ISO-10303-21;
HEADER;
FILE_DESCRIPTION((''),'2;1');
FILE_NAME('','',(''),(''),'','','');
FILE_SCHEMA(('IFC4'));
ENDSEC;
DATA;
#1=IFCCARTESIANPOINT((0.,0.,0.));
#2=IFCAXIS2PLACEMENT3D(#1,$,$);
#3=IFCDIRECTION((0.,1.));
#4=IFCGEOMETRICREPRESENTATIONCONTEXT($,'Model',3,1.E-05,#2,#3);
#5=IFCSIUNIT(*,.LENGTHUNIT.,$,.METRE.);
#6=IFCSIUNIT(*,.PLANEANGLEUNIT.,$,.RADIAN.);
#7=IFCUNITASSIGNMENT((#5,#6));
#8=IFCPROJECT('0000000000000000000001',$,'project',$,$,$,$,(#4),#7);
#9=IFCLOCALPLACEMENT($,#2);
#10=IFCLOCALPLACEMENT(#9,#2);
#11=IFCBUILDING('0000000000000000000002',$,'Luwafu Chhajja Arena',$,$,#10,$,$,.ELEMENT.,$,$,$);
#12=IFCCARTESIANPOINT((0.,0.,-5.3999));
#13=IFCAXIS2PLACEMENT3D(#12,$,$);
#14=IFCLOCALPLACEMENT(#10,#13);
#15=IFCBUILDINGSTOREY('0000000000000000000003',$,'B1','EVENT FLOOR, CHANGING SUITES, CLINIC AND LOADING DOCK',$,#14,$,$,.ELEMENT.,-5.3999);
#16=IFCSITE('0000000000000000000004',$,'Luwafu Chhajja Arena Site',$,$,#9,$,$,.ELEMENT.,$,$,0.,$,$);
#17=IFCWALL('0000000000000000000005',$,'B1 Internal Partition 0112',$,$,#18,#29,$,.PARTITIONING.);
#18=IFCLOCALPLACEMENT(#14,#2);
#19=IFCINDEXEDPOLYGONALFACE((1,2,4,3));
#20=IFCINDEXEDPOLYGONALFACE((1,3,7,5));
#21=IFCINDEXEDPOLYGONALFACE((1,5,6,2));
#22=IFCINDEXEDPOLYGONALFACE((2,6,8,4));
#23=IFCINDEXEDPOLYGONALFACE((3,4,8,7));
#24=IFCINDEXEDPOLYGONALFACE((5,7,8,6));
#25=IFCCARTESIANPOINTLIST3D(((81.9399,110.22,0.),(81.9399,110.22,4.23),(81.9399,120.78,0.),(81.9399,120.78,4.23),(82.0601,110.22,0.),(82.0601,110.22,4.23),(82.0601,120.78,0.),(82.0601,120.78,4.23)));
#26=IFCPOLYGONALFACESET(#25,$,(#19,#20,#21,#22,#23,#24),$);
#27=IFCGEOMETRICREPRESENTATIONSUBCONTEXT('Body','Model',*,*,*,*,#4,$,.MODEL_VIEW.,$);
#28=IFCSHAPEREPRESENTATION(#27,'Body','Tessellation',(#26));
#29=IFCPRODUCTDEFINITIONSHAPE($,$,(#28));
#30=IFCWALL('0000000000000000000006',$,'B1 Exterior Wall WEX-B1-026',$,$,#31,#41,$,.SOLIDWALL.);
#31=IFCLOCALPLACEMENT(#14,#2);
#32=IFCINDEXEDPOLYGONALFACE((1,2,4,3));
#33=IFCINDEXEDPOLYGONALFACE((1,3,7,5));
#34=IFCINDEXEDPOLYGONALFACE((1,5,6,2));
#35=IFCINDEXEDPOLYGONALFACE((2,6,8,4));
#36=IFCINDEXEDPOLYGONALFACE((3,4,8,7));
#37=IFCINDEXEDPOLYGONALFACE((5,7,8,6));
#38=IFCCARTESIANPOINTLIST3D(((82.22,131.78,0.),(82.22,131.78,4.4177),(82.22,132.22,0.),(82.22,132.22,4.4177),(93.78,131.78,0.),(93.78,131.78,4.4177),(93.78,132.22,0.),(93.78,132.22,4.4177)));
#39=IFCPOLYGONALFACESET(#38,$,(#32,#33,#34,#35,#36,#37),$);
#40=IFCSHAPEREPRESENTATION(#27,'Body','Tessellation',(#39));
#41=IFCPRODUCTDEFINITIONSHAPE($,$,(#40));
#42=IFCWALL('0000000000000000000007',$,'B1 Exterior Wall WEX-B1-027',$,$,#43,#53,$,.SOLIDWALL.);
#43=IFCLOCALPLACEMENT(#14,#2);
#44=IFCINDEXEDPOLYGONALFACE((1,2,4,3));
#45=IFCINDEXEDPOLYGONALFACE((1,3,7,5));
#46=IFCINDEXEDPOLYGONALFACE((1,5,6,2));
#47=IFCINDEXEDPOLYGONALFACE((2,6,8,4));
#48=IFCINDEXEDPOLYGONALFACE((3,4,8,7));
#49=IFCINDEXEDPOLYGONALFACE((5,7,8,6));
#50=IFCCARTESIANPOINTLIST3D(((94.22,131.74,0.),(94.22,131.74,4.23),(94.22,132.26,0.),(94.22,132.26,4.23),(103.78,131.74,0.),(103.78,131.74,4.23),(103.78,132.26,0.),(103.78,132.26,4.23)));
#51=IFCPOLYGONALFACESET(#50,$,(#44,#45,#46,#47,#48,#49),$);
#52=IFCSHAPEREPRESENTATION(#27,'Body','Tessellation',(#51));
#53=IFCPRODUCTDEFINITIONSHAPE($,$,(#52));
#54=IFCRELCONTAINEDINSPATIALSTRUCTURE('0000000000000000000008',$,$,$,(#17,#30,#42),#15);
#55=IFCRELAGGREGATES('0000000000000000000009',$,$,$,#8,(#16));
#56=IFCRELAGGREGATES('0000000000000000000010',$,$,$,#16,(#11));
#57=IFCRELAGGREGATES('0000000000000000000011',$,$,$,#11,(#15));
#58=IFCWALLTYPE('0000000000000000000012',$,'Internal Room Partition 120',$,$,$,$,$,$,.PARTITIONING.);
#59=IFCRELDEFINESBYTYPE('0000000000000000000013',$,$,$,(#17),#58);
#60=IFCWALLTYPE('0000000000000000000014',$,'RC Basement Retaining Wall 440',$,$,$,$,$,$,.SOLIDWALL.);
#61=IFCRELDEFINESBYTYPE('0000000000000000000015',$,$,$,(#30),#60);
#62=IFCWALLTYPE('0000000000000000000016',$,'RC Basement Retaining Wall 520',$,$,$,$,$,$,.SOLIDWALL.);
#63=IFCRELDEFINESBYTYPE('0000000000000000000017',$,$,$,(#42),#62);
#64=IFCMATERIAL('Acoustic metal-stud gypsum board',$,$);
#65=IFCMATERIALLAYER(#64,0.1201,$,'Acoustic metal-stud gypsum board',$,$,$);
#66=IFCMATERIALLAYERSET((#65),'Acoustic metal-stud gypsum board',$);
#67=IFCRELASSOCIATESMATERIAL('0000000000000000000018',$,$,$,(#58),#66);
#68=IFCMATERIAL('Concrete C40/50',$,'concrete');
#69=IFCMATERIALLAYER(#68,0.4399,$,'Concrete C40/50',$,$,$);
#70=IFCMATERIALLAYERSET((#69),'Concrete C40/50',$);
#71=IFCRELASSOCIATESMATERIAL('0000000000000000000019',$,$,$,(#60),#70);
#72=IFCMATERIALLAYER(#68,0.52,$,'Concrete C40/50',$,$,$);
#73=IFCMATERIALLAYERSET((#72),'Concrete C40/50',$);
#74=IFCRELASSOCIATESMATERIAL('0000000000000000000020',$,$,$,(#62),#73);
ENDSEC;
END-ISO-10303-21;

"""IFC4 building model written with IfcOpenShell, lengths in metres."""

from ifc_helpers import new_model, si_unit, direction, frame, frame_2d, origin, place, context, subcontext, project, spatial, rectangle, extrude, material, layer, layer_set, type_object, element, save


model = new_model("IFC4")

# Units and contexts
model_context = context("Model", 3, precision=1e-05, world=origin(), true_north=direction((0.0, 1.0)))
body_context = subcontext(model_context, "Body", "Model", "MODEL_VIEW")
ifc_project = project(units=[si_unit("LENGTHUNIT", "METRE"), si_unit("PLANEANGLEUNIT", "RADIAN")], contexts=[model_context])

# Site, building, storey
site_placement = place(None, origin())
site = spatial("IfcSite", under=ifc_project, at=site_placement, Name="Luwafu Chhajja Arena Site", CompositionType="ELEMENT", RefElevation=0.0)
building_placement = place(site_placement, origin())
building = spatial("IfcBuilding", under=site, at=building_placement, Name="Luwafu Chhajja Arena", CompositionType="ELEMENT")
storey_placement = place(building_placement, frame((0.0, 0.0, -5.3999)))
storey = spatial("IfcBuildingStorey", under=building, at=storey_placement, Name="B1", Description="EVENT FLOOR, CHANGING SUITES, CLINIC AND LOADING DOCK", CompositionType="ELEMENT", Elevation=-5.3999)

# Shared definitions
ifc_material_1 = material(Name="Concrete C40/50", Category="concrete")

# Walls
ifc_material_2 = material(Name="Acoustic metal-stud gypsum board")
ifc_layer_1 = layer(ifc_material_2, 0.1201, Name="Acoustic metal-stud gypsum board")
ifc_layer_set_1 = layer_set([ifc_layer_1], Name="Acoustic metal-stud gypsum board")
wall_type_1 = type_object("IfcWallType", Name="Internal Room Partition 120", PredefinedType="PARTITIONING", material=ifc_layer_set_1)
wall_1_placement = place(storey_placement, frame((82.0, 110.22, 0.0), z_axis=(0.0, 0.0, 1.0), x_axis=(0.0, 1.0, 0.0)))
element("IfcWall", 1, at=wall_1_placement, inside=storey, type_object=wall_type_1, Name="B1 Internal Partition 0112", PredefinedType="PARTITIONING", context=body_context, shape_type="SweptSolid", body=[
    extrude(rectangle(XDim=10.5601, YDim=0.1201, at=frame_2d((5.28, 0.0))), origin(), (0.0, 0.0, 1.0), 4.23),
])
ifc_layer_2 = layer(ifc_material_1, 0.4399, Name="Concrete C40/50")
ifc_layer_set_2 = layer_set([ifc_layer_2], Name="Concrete C40/50")
wall_type_2 = type_object("IfcWallType", Name="RC Basement Retaining Wall 440", PredefinedType="SOLIDWALL", material=ifc_layer_set_2)
wall_2_placement = place(storey_placement, frame((82.22, 132.0, 0.0), z_axis=(0.0, 0.0, 1.0), x_axis=(1.0, 0.0, 0.0)))
element("IfcWall", 2, at=wall_2_placement, inside=storey, type_object=wall_type_2, Name="B1 Exterior Wall WEX-B1-026", PredefinedType="SOLIDWALL", context=body_context, shape_type="SweptSolid", body=[
    extrude(rectangle(XDim=11.5601, YDim=0.4399, at=frame_2d((5.78, 0.0))), origin(), (0.0, 0.0, 1.0), 4.4177),
])
ifc_layer_3 = layer(ifc_material_1, 0.52, Name="Concrete C40/50")
ifc_layer_set_3 = layer_set([ifc_layer_3], Name="Concrete C40/50")
wall_type_3 = type_object("IfcWallType", Name="RC Basement Retaining Wall 520", PredefinedType="SOLIDWALL", material=ifc_layer_set_3)
wall_3_placement = place(storey_placement, frame((94.22, 132.0, 0.0), z_axis=(0.0, 0.0, 1.0), x_axis=(1.0, 0.0, 0.0)))
element("IfcWall", 3, at=wall_3_placement, inside=storey, type_object=wall_type_3, Name="B1 Exterior Wall WEX-B1-027", PredefinedType="SOLIDWALL", context=body_context, shape_type="SweptSolid", body=[
    extrude(rectangle(XDim=9.5601, YDim=0.52, at=frame_2d((4.78, 0.0))), origin(), (0.0, 0.0, 1.0), 4.23),
])

save(model, "model.ifc")
